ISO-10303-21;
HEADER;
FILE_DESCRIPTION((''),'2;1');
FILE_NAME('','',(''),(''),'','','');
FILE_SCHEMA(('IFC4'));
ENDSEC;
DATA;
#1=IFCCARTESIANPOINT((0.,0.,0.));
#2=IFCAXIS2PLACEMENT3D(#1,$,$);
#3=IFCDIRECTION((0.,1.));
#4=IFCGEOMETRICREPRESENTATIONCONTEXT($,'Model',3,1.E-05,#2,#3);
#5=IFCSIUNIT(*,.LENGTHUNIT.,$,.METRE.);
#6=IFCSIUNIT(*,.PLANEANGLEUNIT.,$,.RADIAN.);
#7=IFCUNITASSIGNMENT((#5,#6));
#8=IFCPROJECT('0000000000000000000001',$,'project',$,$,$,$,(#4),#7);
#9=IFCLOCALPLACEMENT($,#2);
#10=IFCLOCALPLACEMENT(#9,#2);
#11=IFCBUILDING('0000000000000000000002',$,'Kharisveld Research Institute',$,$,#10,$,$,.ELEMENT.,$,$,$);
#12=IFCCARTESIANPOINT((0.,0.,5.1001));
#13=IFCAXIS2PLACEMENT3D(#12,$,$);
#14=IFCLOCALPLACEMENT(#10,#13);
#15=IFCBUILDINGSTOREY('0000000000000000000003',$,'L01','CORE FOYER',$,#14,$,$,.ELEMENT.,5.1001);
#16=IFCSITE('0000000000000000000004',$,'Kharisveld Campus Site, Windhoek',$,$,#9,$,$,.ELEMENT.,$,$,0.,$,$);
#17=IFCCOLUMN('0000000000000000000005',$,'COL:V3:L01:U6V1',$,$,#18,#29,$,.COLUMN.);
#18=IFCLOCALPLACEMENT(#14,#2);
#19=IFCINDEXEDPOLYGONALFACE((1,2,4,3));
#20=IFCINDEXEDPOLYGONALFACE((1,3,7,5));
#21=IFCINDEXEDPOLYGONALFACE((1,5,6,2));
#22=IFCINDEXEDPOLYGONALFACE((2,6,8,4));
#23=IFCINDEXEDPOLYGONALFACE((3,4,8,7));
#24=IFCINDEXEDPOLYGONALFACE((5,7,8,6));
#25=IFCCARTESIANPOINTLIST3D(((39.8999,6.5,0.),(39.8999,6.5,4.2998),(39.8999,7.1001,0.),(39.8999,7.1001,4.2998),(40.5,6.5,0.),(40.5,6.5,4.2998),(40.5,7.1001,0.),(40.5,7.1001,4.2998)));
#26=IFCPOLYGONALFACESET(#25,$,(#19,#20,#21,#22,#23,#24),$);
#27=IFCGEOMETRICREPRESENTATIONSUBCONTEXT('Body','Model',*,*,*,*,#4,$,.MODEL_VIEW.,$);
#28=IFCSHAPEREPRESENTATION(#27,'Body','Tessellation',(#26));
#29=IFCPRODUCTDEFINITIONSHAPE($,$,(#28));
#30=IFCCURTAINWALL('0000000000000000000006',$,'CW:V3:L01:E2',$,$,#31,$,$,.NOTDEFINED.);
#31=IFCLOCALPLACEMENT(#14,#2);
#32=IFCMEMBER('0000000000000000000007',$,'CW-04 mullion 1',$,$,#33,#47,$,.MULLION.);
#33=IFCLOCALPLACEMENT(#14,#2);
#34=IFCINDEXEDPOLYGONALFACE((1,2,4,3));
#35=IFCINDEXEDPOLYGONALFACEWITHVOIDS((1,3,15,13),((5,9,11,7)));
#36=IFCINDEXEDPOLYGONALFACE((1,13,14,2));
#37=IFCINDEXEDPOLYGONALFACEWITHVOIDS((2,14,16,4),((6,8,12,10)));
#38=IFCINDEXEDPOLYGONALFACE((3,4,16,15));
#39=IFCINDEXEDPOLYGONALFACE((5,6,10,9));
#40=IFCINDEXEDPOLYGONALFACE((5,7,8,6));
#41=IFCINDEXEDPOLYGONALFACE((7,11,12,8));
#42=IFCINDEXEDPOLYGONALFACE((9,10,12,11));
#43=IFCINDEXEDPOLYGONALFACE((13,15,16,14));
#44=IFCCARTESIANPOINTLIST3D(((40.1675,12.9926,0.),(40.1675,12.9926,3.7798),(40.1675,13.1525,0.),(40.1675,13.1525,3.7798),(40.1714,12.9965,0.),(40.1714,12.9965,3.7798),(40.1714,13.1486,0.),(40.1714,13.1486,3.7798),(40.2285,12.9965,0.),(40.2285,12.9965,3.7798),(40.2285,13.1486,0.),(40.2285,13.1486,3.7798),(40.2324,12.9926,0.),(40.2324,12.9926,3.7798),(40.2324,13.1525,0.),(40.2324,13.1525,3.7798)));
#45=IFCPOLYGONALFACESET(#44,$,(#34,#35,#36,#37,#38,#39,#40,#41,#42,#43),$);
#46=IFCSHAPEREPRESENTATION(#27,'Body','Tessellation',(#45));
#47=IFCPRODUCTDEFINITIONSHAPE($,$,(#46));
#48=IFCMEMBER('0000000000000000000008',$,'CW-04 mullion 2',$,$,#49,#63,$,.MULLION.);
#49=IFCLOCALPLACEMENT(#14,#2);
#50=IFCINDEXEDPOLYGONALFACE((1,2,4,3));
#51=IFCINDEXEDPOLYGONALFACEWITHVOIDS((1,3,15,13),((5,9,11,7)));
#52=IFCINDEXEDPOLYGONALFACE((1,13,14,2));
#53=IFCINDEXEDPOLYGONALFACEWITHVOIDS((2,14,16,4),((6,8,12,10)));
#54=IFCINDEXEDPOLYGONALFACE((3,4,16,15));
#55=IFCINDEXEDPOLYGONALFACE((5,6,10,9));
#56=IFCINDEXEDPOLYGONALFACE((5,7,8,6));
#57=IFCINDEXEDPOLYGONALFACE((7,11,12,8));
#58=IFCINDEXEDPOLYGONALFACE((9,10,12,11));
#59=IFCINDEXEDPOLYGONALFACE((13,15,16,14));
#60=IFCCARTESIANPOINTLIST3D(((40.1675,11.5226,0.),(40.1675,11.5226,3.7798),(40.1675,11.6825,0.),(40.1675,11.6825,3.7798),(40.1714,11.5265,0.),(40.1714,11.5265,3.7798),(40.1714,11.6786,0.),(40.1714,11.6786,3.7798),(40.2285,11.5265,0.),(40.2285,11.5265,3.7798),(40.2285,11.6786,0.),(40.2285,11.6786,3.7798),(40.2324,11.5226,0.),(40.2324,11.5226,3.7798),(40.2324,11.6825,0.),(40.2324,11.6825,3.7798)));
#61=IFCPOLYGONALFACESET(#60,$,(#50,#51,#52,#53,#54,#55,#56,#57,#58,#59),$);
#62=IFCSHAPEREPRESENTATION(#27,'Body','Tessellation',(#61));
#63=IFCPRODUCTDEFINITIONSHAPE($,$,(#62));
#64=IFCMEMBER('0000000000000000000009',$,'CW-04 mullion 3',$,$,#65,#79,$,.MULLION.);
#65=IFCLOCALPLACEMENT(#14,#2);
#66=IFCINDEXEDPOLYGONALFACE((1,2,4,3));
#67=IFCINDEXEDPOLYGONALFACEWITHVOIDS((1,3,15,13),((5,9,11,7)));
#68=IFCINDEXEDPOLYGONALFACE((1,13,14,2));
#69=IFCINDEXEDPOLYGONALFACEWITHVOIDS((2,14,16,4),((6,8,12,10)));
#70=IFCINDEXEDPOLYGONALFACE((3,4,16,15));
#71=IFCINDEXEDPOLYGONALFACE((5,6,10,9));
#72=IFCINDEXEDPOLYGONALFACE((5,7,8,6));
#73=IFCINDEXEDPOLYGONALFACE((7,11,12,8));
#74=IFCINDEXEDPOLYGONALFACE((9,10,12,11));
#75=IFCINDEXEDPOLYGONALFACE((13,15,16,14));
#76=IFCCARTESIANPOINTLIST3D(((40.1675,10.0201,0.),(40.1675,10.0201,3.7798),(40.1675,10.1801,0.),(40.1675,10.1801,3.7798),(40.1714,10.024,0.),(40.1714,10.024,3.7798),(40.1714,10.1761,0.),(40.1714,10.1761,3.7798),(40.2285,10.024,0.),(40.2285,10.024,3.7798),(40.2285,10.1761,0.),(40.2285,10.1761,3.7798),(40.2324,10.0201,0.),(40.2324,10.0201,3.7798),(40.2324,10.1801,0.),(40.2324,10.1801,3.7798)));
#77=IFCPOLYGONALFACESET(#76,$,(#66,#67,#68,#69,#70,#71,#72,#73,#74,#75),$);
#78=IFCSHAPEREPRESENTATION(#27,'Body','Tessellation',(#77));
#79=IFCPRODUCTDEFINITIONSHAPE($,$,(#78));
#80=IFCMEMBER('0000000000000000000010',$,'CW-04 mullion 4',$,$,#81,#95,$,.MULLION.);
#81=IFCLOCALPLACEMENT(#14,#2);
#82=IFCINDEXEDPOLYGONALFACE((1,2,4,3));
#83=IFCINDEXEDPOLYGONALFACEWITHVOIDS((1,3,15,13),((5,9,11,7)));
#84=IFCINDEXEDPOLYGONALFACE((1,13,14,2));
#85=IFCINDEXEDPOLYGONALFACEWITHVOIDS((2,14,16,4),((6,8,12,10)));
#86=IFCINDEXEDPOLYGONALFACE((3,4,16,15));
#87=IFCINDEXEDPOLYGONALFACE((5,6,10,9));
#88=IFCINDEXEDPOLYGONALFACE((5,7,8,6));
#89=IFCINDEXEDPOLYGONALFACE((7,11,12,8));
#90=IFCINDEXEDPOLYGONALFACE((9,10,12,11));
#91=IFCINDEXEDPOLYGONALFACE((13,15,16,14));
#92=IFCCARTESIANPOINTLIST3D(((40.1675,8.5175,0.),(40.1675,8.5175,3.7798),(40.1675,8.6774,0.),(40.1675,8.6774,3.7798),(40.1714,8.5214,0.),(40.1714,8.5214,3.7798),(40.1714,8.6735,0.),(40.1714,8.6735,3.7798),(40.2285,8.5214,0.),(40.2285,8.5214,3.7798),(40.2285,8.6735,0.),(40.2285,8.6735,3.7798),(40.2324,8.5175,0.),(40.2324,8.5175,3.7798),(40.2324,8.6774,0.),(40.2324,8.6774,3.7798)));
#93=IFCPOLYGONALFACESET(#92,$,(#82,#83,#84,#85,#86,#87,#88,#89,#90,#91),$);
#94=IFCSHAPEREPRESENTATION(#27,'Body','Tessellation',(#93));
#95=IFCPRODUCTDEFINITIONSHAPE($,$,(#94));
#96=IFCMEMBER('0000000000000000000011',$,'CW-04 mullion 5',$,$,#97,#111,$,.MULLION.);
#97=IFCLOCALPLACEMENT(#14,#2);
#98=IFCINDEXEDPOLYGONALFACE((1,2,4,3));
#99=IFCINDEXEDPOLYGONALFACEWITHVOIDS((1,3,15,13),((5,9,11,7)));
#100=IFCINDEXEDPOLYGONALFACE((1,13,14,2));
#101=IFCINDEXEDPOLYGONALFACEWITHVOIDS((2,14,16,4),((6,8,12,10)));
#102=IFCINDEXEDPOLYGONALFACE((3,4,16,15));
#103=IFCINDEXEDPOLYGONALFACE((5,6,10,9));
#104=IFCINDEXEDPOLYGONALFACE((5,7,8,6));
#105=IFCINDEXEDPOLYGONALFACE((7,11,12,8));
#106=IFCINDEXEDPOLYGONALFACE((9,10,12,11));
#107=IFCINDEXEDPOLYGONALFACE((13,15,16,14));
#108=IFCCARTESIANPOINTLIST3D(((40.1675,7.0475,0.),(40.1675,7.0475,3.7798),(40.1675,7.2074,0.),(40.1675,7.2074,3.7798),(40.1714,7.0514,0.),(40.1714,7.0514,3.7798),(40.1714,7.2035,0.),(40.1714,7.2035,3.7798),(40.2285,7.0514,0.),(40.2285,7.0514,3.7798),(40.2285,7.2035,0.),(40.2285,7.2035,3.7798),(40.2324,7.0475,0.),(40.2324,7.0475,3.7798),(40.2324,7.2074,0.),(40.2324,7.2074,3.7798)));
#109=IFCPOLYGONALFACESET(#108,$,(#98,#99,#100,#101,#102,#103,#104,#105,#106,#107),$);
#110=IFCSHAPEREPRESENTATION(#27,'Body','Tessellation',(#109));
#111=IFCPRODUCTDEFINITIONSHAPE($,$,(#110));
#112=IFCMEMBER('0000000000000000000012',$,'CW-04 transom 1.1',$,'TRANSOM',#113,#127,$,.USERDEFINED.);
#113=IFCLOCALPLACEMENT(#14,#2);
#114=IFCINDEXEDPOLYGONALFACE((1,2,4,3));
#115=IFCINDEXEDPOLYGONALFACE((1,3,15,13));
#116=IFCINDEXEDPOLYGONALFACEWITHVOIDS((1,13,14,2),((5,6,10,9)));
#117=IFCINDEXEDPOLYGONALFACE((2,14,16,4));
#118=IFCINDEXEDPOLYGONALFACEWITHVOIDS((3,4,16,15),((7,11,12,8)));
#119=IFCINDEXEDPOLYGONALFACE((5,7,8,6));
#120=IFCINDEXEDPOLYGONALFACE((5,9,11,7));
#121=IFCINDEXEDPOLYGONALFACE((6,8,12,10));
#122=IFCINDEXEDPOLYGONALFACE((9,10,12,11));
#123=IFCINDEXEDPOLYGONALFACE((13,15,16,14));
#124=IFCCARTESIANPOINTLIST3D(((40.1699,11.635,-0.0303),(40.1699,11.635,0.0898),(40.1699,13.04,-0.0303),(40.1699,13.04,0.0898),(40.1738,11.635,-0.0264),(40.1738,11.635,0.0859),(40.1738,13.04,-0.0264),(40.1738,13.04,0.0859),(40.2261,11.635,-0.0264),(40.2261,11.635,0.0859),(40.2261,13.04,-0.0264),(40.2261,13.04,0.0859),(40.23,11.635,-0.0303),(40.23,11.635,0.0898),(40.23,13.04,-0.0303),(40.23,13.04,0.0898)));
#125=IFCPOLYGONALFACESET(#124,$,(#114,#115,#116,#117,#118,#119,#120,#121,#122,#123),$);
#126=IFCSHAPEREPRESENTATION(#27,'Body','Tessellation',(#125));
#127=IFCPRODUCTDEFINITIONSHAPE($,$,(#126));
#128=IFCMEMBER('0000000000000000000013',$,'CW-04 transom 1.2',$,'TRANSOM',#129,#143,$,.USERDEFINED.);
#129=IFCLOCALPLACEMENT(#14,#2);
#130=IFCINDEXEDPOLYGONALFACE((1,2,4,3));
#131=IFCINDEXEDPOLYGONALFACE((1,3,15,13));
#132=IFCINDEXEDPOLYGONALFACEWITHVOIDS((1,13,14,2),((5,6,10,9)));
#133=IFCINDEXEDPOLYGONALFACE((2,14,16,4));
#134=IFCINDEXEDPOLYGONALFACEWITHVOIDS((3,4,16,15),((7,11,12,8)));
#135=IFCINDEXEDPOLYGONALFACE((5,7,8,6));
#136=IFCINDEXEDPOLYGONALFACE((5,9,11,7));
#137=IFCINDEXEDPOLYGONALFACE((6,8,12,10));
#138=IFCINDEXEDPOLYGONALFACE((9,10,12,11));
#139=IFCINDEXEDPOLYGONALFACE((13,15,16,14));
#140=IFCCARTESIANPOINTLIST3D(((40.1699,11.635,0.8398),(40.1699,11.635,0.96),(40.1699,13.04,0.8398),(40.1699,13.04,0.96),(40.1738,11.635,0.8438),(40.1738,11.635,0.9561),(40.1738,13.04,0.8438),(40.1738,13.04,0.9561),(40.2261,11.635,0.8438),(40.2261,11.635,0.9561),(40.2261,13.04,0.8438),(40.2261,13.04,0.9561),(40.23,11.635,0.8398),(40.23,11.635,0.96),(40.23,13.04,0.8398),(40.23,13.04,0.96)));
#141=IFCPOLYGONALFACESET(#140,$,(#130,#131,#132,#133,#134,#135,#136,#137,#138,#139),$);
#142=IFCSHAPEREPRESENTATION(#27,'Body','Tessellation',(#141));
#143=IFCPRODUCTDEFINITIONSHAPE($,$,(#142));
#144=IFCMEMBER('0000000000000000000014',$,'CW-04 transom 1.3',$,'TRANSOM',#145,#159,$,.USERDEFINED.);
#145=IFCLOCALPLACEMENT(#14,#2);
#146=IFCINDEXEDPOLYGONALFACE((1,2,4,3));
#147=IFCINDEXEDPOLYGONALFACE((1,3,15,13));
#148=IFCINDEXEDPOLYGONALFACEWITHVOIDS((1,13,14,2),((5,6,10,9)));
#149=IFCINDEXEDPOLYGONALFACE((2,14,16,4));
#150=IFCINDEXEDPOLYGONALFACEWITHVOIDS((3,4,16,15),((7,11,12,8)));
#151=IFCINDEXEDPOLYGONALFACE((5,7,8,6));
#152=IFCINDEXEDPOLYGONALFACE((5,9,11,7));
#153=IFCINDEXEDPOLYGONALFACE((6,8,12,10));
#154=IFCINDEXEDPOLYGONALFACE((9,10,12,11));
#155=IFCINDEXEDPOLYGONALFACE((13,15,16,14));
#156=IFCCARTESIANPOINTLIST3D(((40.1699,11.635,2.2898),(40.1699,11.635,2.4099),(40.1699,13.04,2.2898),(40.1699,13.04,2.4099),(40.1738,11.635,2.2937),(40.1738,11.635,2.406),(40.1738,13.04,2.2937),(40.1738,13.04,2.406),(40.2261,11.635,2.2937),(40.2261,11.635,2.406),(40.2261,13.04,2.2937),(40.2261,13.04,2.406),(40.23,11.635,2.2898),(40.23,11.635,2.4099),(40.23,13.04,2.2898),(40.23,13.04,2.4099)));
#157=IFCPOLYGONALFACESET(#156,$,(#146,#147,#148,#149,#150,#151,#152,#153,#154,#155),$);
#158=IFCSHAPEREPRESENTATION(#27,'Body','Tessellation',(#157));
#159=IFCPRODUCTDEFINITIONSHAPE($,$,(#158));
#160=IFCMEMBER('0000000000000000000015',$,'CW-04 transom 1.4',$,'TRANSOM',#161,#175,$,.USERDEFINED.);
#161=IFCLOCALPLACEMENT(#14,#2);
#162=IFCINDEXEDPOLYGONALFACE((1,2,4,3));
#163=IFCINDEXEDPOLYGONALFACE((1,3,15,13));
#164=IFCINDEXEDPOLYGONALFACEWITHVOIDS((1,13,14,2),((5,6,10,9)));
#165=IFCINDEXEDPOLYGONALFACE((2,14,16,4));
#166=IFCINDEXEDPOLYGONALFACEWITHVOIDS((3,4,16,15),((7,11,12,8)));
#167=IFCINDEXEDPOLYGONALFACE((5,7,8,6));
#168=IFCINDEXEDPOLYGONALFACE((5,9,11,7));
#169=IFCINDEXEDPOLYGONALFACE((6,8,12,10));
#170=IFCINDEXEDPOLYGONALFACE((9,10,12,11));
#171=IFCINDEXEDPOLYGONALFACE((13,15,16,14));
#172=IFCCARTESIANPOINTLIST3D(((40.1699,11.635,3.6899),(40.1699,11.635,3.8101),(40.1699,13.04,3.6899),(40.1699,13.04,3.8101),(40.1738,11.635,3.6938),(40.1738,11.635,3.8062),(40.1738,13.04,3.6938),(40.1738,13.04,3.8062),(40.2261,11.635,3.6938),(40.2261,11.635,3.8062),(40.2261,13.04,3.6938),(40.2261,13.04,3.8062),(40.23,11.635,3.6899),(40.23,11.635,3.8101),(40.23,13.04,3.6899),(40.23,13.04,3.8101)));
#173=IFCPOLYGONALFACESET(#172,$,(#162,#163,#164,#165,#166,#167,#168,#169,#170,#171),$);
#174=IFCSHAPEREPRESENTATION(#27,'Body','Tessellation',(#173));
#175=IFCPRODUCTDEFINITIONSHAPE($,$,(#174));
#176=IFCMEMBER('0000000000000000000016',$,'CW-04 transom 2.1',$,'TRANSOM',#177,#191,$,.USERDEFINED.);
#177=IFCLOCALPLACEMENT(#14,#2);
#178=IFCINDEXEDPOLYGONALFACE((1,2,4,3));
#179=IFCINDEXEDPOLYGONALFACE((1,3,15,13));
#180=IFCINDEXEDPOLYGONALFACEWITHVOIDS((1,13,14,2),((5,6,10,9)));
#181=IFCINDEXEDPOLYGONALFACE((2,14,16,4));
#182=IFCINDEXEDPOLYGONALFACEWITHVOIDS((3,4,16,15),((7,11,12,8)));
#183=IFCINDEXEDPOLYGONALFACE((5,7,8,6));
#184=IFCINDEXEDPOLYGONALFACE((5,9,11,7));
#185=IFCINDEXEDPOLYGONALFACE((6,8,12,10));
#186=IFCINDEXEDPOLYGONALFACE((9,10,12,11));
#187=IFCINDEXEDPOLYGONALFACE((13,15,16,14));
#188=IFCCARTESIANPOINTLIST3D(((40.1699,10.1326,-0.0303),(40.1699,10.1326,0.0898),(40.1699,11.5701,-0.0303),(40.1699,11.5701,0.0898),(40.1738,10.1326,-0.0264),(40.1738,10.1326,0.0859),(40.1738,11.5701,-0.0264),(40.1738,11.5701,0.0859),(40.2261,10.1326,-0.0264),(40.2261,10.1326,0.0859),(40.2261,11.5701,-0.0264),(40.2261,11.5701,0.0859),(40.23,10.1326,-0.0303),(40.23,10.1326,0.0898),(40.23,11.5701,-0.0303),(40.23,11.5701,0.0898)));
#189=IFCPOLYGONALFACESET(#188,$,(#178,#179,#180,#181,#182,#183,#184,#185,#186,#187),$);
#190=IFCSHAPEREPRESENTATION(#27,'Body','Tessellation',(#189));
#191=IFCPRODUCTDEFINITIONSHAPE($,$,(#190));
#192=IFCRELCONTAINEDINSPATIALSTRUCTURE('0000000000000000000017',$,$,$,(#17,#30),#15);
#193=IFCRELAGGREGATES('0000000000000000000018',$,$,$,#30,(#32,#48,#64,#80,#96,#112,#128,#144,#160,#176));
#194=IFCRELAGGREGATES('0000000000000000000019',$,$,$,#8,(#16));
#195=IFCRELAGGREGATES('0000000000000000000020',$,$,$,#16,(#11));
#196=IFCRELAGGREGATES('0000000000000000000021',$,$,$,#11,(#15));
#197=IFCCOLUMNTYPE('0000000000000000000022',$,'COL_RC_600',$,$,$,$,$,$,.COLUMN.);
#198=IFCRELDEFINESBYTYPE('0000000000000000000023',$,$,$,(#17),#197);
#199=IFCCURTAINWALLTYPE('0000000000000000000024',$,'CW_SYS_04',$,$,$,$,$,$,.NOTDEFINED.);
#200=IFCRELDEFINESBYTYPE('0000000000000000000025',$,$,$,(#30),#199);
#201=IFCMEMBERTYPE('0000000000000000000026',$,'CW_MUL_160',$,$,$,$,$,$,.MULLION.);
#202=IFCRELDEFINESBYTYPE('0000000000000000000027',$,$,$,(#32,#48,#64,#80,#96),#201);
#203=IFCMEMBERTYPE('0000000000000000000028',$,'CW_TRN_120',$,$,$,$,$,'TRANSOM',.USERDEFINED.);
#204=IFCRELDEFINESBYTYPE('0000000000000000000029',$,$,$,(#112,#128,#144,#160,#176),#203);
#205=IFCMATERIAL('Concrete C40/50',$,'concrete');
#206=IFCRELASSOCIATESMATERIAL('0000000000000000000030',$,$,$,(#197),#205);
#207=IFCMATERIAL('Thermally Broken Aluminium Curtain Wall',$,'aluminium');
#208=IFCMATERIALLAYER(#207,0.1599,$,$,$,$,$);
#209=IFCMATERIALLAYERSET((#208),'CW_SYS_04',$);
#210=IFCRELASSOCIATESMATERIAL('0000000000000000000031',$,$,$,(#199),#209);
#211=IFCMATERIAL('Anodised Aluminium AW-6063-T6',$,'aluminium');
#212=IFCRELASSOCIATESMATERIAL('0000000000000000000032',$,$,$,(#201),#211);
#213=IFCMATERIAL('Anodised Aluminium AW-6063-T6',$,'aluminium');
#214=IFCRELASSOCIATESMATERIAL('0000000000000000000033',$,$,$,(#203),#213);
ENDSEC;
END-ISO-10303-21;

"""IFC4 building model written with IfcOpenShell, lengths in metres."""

from ifc_helpers import new_model, si_unit, direction, frame, origin, origin_2d, place, context, subcontext, project, spatial, rectangle, hollow_rectangle, extrude, material, layer, layer_set, material_profile, profile_set, type_object, element, aggregate, save


model = new_model("IFC4")

# Units and contexts
model_context = context("Model", 3, precision=1e-05, world=origin(), true_north=direction((0.0, 1.0)))
body_context = subcontext(model_context, "Body", "Model", "MODEL_VIEW")
ifc_project = project(units=[si_unit("LENGTHUNIT", "METRE"), si_unit("PLANEANGLEUNIT", "RADIAN")], contexts=[model_context])

# Site, building, storey
site_placement = place(None, origin())
site = spatial("IfcSite", under=ifc_project, at=site_placement, Name="Kharisveld Campus Site, Windhoek", CompositionType="ELEMENT", RefElevation=0.0)
building_placement = place(site_placement, origin())
building = spatial("IfcBuilding", under=site, at=building_placement, Name="Kharisveld Research Institute", CompositionType="ELEMENT")
storey_placement = place(building_placement, frame((0.0, 0.0, 5.1001)))
storey = spatial("IfcBuildingStorey", under=building, at=storey_placement, Name="L01", Description="CORE FOYER", CompositionType="ELEMENT", Elevation=5.1001)

# Column
ifc_material_1 = material(Name="Concrete C40/50", Category="concrete")
ifc_material_profile_1 = material_profile(ifc_material_1, rectangle(XDim=0.6001, YDim=0.6001, at=origin_2d()))
ifc_profile_set_1 = profile_set([ifc_material_profile_1], Name="Concrete C40/50")
column_type = type_object("IfcColumnType", Name="COL_RC_600", PredefinedType="COLUMN", material=ifc_profile_set_1)
column_placement = place(storey_placement, frame((40.2, 6.8, 0.0), z_axis=(0.0, 0.0, 1.0), x_axis=(1.0, 0.0, 0.0)))
element("IfcColumn", 1, at=column_placement, inside=storey, type_object=column_type, Name="COL:V3:L01:U6V1", PredefinedType="COLUMN", context=body_context, shape_type="SweptSolid", body=[
    extrude(rectangle(XDim=0.6001, YDim=0.6001, at=origin_2d()), origin(), (0.0, 0.0, 1.0), 4.2998),
])

# Curtain wall, members
ifc_material_2 = material(Name="Thermally Broken Aluminium Curtain Wall", Category="aluminium")
ifc_layer_1 = layer(ifc_material_2, 0.1599)
ifc_layer_set_1 = layer_set([ifc_layer_1], Name="CW_SYS_04")
curtain_wall_type = type_object("IfcCurtainWallType", Name="CW_SYS_04", PredefinedType="NOTDEFINED", material=ifc_layer_set_1)
curtain_wall_placement = place(storey_placement, origin())
curtain_wall = element("IfcCurtainWall", 2, at=curtain_wall_placement, inside=storey, type_object=curtain_wall_type, Name="CW:V3:L01:E2", PredefinedType="NOTDEFINED")
ifc_material_3 = material(Name="Anodised Aluminium AW-6063-T6", Category="aluminium")
ifc_material_profile_2 = material_profile(ifc_material_3, hollow_rectangle(XDim=0.0649, YDim=0.1599, WallThickness=0.0039, at=origin_2d()))
ifc_profile_set_2 = profile_set([ifc_material_profile_2], Name="Anodised Aluminium AW-6063-T6")
member_type_1 = type_object("IfcMemberType", Name="CW_MUL_160", PredefinedType="MULLION", material=ifc_profile_set_2)
member_1_placement = place(storey_placement, frame((40.2, 13.0725, 0.0), z_axis=(0.0, 0.0, 1.0), x_axis=(1.0, 0.0, 0.0)))
member_1 = element("IfcMember", 3, at=member_1_placement, type_object=member_type_1, Name="CW-04 mullion 1", PredefinedType="MULLION", context=body_context, shape_type="SweptSolid", body=[
    extrude(hollow_rectangle(XDim=0.0649, YDim=0.1599, WallThickness=0.0039, at=origin_2d()), origin(), (0.0, 0.0, 1.0), 3.7798),
])
member_2_placement = place(storey_placement, frame((40.2, 11.6025, 0.0), z_axis=(0.0, 0.0, 1.0), x_axis=(1.0, 0.0, 0.0)))
member_2 = element("IfcMember", 4, at=member_2_placement, type_object=member_type_1, Name="CW-04 mullion 2", PredefinedType="MULLION", context=body_context, shape_type="SweptSolid", body=[
    extrude(hollow_rectangle(XDim=0.0649, YDim=0.1599, WallThickness=0.0039, at=origin_2d()), origin(), (0.0, 0.0, 1.0), 3.7798),
])
member_3_placement = place(storey_placement, frame((40.2, 10.1001, 0.0), z_axis=(0.0, 0.0, 1.0), x_axis=(1.0, 0.0, 0.0)))
member_3 = element("IfcMember", 5, at=member_3_placement, type_object=member_type_1, Name="CW-04 mullion 3", PredefinedType="MULLION", context=body_context, shape_type="SweptSolid", body=[
    extrude(hollow_rectangle(XDim=0.0649, YDim=0.1599, WallThickness=0.0039, at=origin_2d()), origin(), (0.0, 0.0, 1.0), 3.7798),
])
member_4_placement = place(storey_placement, frame((40.2, 8.5974, 0.0), z_axis=(0.0, 0.0, 1.0), x_axis=(1.0, 0.0, 0.0)))
member_4 = element("IfcMember", 6, at=member_4_placement, type_object=member_type_1, Name="CW-04 mullion 4", PredefinedType="MULLION", context=body_context, shape_type="SweptSolid", body=[
    extrude(hollow_rectangle(XDim=0.0649, YDim=0.1599, WallThickness=0.0039, at=origin_2d()), origin(), (0.0, 0.0, 1.0), 3.7798),
])
member_5_placement = place(storey_placement, frame((40.2, 7.1274, 0.0), z_axis=(0.0, 0.0, 1.0), x_axis=(1.0, 0.0, 0.0)))
member_5 = element("IfcMember", 7, at=member_5_placement, type_object=member_type_1, Name="CW-04 mullion 5", PredefinedType="MULLION", context=body_context, shape_type="SweptSolid", body=[
    extrude(hollow_rectangle(XDim=0.0649, YDim=0.1599, WallThickness=0.0039, at=origin_2d()), origin(), (0.0, 0.0, 1.0), 3.7798),
])
ifc_material_4 = material(Name="Anodised Aluminium AW-6063-T6", Category="aluminium")
ifc_material_profile_3 = material_profile(ifc_material_4, hollow_rectangle(XDim=0.0601, YDim=0.1201, WallThickness=0.0039, at=origin_2d()))
ifc_profile_set_3 = profile_set([ifc_material_profile_3], Name="Anodised Aluminium AW-6063-T6")
member_type_2 = type_object("IfcMemberType", Name="CW_TRN_120", ElementType="TRANSOM", PredefinedType="USERDEFINED", material=ifc_profile_set_3)
member_6_placement = place(storey_placement, frame((40.2, 13.04, 0.0298), z_axis=(0.0, -1.0, 0.0), x_axis=(1.0, 0.0, 0.0)))
member_6 = element("IfcMember", 8, at=member_6_placement, type_object=member_type_2, Name="CW-04 transom 1.1", ObjectType="TRANSOM", PredefinedType="USERDEFINED", context=body_context, shape_type="SweptSolid", body=[
    extrude(hollow_rectangle(XDim=0.0601, YDim=0.1201, WallThickness=0.0039, at=origin_2d()), origin(), (0.0, 0.0, 1.0), 1.405),
])
member_7_placement = place(storey_placement, frame((40.2, 13.04, 0.8999), z_axis=(0.0, -1.0, 0.0), x_axis=(1.0, 0.0, 0.0)))
member_7 = element("IfcMember", 9, at=member_7_placement, type_object=member_type_2, Name="CW-04 transom 1.2", ObjectType="TRANSOM", PredefinedType="USERDEFINED", context=body_context, shape_type="SweptSolid", body=[
    extrude(hollow_rectangle(XDim=0.0601, YDim=0.1201, WallThickness=0.0039, at=origin_2d()), origin(), (0.0, 0.0, 1.0), 1.405),
])
member_8_placement = place(storey_placement, frame((40.2, 13.04, 2.3499), z_axis=(0.0, -1.0, 0.0), x_axis=(1.0, 0.0, 0.0)))
member_8 = element("IfcMember", 10, at=member_8_placement, type_object=member_type_2, Name="CW-04 transom 1.3", ObjectType="TRANSOM", PredefinedType="USERDEFINED", context=body_context, shape_type="SweptSolid", body=[
    extrude(hollow_rectangle(XDim=0.0601, YDim=0.1201, WallThickness=0.0039, at=origin_2d()), origin(), (0.0, 0.0, 1.0), 1.405),
])
member_9_placement = place(storey_placement, frame((40.2, 13.04, 3.75), z_axis=(0.0, -1.0, 0.0), x_axis=(1.0, 0.0, 0.0)))
member_9 = element("IfcMember", 11, at=member_9_placement, type_object=member_type_2, Name="CW-04 transom 1.4", ObjectType="TRANSOM", PredefinedType="USERDEFINED", context=body_context, shape_type="SweptSolid", body=[
    extrude(hollow_rectangle(XDim=0.0601, YDim=0.1201, WallThickness=0.0039, at=origin_2d()), origin(), (0.0, 0.0, 1.0), 1.405),
])
member_10_placement = place(storey_placement, frame((40.2, 11.5701, 0.0298), z_axis=(0.0, -1.0, 0.0), x_axis=(1.0, 0.0, 0.0)))
member_10 = element("IfcMember", 12, at=member_10_placement, type_object=member_type_2, Name="CW-04 transom 2.1", ObjectType="TRANSOM", PredefinedType="USERDEFINED", context=body_context, shape_type="SweptSolid", body=[
    extrude(hollow_rectangle(XDim=0.0601, YDim=0.1201, WallThickness=0.0039, at=origin_2d()), origin(), (0.0, 0.0, 1.0), 1.4375),
])

aggregate(curtain_wall, [member_1, member_2, member_3, member_4, member_5, member_6, member_7, member_8, member_9, member_10])

save(model, "model.ifc")
